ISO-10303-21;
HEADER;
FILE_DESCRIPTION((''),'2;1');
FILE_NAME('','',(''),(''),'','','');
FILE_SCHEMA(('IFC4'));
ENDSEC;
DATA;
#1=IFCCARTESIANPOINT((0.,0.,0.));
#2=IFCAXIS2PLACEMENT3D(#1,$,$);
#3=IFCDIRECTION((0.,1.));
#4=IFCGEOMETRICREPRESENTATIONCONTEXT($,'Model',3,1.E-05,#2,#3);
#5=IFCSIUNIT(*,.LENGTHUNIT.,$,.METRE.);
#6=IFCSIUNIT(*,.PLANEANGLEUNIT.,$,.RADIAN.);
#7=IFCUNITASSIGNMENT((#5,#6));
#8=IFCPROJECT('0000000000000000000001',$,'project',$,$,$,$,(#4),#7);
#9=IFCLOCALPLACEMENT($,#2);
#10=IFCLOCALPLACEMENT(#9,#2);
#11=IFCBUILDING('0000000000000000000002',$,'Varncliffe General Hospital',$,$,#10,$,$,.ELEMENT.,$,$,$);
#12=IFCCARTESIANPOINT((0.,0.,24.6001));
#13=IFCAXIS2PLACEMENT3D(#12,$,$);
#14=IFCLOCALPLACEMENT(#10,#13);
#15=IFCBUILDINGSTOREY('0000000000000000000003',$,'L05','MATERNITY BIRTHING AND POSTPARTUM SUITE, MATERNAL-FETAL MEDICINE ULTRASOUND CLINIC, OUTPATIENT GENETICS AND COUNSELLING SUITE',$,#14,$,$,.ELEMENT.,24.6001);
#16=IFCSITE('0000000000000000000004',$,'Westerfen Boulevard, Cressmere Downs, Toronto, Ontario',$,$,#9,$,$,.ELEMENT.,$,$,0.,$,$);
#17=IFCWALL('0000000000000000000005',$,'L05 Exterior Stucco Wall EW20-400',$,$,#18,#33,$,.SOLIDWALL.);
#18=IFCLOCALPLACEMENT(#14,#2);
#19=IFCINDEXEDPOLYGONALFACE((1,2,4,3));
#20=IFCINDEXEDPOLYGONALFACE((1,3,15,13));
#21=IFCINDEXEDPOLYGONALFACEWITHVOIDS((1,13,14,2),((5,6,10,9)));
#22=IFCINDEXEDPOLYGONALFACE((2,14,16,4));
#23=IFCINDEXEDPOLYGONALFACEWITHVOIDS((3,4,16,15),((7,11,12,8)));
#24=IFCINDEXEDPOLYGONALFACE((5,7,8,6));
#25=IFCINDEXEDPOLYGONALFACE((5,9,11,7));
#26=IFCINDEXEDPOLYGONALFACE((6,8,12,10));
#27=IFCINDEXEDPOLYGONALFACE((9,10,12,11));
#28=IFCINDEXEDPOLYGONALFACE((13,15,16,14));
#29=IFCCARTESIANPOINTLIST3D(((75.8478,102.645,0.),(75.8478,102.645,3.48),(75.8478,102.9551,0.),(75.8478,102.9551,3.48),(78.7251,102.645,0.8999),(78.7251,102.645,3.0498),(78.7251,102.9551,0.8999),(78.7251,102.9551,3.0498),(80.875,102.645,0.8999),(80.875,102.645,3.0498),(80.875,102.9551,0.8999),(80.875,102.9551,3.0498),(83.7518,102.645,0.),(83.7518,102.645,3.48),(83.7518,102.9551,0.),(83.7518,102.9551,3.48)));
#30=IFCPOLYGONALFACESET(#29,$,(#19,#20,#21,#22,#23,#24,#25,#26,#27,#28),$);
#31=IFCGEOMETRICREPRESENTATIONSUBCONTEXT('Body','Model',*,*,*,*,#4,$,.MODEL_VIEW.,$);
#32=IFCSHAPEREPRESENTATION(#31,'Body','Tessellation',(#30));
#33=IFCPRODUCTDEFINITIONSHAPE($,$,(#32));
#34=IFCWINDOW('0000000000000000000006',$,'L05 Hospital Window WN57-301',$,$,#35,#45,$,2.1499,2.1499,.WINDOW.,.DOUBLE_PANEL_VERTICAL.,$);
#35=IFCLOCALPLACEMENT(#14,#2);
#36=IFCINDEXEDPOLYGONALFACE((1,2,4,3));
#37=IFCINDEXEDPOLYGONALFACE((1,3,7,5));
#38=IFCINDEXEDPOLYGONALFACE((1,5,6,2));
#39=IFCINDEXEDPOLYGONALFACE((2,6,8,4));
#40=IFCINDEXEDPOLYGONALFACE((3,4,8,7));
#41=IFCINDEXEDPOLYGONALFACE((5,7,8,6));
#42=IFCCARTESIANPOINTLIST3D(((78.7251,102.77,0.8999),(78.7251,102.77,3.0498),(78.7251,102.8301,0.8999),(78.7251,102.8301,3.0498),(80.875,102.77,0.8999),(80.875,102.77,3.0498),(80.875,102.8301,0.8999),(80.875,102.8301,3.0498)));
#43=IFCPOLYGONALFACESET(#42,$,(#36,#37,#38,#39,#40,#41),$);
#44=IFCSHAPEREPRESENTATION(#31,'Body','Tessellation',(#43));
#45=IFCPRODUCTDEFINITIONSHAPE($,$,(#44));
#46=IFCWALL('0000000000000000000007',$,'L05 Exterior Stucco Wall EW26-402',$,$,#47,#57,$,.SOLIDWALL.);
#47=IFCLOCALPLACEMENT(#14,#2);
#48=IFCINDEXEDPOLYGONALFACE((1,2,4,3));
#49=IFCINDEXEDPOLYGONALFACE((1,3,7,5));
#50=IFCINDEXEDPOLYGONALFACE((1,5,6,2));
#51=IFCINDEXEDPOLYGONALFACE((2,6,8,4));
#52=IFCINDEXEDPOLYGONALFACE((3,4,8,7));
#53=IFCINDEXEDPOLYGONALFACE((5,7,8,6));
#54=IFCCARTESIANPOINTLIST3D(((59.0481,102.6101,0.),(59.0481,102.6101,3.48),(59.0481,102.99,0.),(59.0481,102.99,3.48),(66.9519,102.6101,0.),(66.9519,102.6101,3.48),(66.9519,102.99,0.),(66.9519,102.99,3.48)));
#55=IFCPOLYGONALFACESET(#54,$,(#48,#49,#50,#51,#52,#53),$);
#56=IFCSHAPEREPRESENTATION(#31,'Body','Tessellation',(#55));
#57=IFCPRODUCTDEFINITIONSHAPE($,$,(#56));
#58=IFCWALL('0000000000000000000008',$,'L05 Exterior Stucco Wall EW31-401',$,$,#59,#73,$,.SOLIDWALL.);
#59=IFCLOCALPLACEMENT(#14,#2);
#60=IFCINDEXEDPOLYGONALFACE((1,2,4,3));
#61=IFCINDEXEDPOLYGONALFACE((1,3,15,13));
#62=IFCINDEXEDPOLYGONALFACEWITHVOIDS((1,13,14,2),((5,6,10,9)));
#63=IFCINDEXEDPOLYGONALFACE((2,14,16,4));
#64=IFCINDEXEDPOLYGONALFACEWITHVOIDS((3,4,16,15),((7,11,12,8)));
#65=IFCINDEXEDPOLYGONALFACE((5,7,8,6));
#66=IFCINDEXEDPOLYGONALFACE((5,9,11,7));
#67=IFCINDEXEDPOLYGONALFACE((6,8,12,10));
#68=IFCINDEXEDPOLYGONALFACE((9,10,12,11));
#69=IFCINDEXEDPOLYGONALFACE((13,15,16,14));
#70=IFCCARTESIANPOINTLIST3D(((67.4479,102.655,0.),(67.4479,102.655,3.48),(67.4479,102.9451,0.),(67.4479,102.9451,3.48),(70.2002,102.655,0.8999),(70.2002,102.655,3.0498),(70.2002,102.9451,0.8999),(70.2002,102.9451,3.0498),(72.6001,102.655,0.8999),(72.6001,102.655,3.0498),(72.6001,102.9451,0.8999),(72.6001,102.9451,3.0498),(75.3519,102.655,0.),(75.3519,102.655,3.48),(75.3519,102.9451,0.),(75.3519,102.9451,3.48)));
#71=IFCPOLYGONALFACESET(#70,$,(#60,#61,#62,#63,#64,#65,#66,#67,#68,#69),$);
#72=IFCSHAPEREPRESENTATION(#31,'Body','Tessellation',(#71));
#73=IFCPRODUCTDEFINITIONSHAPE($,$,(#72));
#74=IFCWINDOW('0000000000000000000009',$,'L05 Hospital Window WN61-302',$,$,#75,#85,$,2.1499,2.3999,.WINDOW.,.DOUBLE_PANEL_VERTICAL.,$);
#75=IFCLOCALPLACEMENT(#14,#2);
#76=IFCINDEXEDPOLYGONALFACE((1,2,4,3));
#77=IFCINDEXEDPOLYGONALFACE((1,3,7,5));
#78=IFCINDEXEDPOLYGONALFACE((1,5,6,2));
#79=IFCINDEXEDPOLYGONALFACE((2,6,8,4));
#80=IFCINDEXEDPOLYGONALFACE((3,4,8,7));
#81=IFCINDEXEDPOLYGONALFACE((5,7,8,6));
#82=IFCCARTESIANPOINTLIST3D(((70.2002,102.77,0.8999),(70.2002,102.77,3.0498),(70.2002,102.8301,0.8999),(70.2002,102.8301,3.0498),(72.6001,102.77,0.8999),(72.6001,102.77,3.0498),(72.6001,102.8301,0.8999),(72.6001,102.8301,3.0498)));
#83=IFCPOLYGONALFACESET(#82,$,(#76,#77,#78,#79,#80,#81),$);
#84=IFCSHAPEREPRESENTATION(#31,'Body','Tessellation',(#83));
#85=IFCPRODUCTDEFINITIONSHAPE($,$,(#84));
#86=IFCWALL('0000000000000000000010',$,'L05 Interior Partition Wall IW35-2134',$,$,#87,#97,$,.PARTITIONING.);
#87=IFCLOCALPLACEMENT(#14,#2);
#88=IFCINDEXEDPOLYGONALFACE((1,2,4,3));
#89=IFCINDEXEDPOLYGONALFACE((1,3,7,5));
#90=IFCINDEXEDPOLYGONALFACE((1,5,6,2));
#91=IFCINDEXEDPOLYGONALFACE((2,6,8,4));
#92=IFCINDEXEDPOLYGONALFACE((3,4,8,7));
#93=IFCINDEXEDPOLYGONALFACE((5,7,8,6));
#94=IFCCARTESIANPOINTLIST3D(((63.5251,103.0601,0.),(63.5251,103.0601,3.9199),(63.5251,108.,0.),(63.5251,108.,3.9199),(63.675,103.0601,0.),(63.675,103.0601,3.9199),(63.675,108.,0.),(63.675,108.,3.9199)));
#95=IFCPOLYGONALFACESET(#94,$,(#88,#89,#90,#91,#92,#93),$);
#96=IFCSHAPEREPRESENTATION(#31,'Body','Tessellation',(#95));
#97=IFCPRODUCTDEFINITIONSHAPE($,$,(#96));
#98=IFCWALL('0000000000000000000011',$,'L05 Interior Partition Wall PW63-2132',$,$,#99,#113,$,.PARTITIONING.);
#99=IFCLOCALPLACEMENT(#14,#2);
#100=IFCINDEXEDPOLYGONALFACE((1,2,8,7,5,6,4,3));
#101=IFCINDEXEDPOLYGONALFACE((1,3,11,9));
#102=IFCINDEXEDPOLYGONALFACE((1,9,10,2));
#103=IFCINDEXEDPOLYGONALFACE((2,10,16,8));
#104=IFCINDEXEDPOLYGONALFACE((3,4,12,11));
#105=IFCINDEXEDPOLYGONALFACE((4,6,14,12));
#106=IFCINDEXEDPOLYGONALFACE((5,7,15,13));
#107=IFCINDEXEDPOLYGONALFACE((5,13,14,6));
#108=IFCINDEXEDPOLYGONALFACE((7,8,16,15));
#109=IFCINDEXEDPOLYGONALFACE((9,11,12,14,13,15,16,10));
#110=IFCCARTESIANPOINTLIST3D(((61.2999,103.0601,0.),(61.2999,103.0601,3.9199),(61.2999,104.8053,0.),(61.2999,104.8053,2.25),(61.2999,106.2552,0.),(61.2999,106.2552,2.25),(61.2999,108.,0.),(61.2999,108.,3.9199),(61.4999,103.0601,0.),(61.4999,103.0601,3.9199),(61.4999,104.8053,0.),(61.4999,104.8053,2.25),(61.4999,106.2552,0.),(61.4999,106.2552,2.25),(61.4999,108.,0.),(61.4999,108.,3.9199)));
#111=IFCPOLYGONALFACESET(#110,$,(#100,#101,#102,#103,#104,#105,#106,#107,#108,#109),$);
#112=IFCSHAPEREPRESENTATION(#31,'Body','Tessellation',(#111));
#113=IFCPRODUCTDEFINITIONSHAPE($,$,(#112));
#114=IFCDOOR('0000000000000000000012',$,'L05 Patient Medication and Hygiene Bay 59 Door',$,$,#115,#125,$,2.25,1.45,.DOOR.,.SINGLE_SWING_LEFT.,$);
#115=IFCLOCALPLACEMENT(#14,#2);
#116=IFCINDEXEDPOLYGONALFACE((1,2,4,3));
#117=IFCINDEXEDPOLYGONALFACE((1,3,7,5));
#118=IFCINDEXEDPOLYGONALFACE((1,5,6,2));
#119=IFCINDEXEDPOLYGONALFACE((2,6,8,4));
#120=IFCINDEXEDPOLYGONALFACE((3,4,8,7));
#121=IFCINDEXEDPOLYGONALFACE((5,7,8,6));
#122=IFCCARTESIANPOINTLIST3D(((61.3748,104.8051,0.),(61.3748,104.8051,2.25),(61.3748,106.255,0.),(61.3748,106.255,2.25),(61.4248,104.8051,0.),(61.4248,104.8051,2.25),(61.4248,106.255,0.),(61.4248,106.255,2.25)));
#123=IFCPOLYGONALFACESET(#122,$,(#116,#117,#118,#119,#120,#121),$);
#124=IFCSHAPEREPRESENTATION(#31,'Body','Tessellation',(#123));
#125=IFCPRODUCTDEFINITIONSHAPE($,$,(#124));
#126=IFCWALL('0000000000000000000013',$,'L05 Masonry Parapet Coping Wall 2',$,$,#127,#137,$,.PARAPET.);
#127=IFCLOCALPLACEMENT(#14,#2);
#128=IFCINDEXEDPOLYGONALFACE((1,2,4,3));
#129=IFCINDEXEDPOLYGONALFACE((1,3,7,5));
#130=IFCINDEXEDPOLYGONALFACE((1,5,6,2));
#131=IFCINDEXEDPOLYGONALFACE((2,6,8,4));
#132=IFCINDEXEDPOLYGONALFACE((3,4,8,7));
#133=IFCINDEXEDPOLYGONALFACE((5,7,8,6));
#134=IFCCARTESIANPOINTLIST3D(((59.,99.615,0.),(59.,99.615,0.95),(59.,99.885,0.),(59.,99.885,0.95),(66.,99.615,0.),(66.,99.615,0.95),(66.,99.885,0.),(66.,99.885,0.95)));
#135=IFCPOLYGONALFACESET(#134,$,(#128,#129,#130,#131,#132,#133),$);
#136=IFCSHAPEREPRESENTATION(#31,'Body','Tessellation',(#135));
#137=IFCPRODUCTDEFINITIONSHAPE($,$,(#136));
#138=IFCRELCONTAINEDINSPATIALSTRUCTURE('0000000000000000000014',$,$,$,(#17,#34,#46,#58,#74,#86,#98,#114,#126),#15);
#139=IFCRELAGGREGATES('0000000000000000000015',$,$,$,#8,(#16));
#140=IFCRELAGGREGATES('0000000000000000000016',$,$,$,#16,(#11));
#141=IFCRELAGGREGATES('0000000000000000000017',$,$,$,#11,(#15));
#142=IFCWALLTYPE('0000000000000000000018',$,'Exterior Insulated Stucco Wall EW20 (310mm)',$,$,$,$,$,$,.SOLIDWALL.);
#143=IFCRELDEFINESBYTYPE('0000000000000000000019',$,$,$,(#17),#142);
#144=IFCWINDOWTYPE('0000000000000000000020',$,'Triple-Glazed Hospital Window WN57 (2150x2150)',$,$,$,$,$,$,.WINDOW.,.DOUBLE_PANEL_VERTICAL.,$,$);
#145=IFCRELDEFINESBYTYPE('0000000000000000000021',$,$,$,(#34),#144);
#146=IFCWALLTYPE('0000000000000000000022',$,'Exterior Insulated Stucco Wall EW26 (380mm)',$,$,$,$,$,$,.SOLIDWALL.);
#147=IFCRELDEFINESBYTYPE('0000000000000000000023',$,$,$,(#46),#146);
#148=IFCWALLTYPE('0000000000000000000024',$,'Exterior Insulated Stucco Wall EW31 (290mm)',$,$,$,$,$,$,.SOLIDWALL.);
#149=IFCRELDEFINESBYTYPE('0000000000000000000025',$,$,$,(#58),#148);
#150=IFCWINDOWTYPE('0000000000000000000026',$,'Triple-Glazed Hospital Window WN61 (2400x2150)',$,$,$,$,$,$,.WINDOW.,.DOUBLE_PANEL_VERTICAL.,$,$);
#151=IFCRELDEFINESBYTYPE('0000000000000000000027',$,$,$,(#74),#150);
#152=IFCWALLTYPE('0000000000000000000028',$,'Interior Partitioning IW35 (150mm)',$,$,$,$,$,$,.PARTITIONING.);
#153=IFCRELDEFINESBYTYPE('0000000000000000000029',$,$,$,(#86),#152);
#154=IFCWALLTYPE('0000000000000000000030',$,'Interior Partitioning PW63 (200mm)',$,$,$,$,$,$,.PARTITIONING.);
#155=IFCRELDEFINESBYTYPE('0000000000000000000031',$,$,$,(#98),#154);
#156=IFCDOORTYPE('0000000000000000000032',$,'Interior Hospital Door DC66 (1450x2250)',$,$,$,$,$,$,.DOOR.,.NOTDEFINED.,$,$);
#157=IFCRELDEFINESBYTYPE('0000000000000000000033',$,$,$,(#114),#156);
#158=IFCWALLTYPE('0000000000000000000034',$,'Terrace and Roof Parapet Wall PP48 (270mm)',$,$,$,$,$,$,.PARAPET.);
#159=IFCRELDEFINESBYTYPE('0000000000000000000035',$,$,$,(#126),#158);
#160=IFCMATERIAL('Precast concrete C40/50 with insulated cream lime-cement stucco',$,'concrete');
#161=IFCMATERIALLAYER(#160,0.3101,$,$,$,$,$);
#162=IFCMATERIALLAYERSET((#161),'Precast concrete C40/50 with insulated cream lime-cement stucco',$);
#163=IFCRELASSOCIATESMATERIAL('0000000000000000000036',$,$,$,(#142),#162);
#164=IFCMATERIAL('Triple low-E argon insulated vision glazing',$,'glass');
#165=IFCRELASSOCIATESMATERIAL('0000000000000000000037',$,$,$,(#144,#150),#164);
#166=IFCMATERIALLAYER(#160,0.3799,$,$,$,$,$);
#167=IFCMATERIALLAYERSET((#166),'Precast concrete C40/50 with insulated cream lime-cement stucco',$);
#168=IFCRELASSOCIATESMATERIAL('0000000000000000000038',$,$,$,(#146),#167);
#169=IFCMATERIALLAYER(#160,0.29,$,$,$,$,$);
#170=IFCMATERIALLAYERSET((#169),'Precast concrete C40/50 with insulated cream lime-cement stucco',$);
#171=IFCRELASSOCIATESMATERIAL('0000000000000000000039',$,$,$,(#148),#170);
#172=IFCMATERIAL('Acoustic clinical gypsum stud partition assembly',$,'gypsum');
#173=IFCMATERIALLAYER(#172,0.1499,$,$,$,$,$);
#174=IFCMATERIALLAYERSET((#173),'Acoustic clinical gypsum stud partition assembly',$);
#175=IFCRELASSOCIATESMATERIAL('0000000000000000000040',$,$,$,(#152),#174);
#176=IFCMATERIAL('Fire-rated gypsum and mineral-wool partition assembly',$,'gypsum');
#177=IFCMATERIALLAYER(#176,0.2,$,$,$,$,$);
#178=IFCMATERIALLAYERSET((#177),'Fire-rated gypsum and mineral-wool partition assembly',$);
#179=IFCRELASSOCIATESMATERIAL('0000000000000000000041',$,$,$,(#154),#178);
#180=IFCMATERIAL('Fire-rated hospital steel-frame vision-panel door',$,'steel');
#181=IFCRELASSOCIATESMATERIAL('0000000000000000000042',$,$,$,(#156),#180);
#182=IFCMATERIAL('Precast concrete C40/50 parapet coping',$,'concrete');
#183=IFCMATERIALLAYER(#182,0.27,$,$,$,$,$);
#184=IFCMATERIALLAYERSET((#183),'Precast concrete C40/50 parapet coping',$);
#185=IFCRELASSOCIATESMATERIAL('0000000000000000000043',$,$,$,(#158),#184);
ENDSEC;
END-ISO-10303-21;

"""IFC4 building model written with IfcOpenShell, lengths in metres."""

from ifc_helpers import new_model, si_unit, direction, frame, frame_2d, origin, place, context, subcontext, project, spatial, rectangle, extrude, material, layer, layer_set, type_object, element, fill, save


model = new_model("IFC4")

# Units and contexts
model_context = context("Model", 3, precision=1e-05, world=origin(), true_north=direction((0.0, 1.0)))
body_context = subcontext(model_context, "Body", "Model", "MODEL_VIEW")
ifc_project = project(units=[si_unit("LENGTHUNIT", "METRE"), si_unit("PLANEANGLEUNIT", "RADIAN")], contexts=[model_context])

# Site, building, storey
site_placement = place(None, origin())
site = spatial("IfcSite", under=ifc_project, at=site_placement, Name="Westerfen Boulevard, Cressmere Downs, Toronto, Ontario", CompositionType="ELEMENT", RefElevation=0.0)
building_placement = place(site_placement, origin())
building = spatial("IfcBuilding", under=site, at=building_placement, Name="Varncliffe General Hospital", CompositionType="ELEMENT")
storey_placement = place(building_placement, frame((0.0, 0.0, 24.6001)))
storey = spatial("IfcBuildingStorey", under=building, at=storey_placement, Name="L05", Description="MATERNITY BIRTHING AND POSTPARTUM SUITE, MATERNAL-FETAL MEDICINE ULTRASOUND CLINIC, OUTPATIENT GENETICS AND COUNSELLING SUITE", CompositionType="ELEMENT", Elevation=24.6001)

# Wall, opening, window
ifc_material_1 = material(Name="Precast concrete C40/50 with insulated cream lime-cement stucco", Category="concrete")
ifc_layer_1 = layer(ifc_material_1, 0.3101)
ifc_layer_set_1 = layer_set([ifc_layer_1], Name="Precast concrete C40/50 with insulated cream lime-cement stucco")
wall_type_1 = type_object("IfcWallType", Name="Exterior Insulated Stucco Wall EW20 (310mm)", PredefinedType="SOLIDWALL", material=ifc_layer_set_1)
wall_1_placement = place(storey_placement, frame((83.752, 102.8, 0.0), z_axis=(0.0, 0.0, 1.0), x_axis=(-1.0, 0.0, 0.0)))
wall_1 = element("IfcWall", 1, at=wall_1_placement, inside=storey, type_object=wall_type_1, Name="L05 Exterior Stucco Wall EW20-400", PredefinedType="SOLIDWALL", context=body_context, shape_type="SweptSolid", body=[
    extrude(rectangle(XDim=7.9041, YDim=0.3101, at=frame_2d((3.9521, 0.0))), origin(), (0.0, 0.0, 1.0), 3.48),
])
opening_1_placement = place(wall_1_placement, frame((2.877, 0.0, 0.8999)))
opening_1 = element("IfcOpeningElement", 2, at=opening_1_placement, cuts=wall_1, PredefinedType="OPENING", context=body_context, shape_type="SweptSolid", body=[
    extrude(rectangle(XDim=2.1499, YDim=2.1499, at=frame_2d((1.075, 1.075))), frame((0.0, 0.165, 0.0), z_axis=(0.0, -1.0, 0.0), x_axis=(1.0, 0.0, 0.0)), (0.0, 0.0, 1.0), 0.3301),
])
ifc_material_2 = material(Name="Triple low-E argon insulated vision glazing", Category="glass")
window_type_1 = type_object("IfcWindowType", Name="Triple-Glazed Hospital Window WN57 (2150x2150)", PartitioningType="DOUBLE_PANEL_VERTICAL", PredefinedType="WINDOW", material=ifc_material_2)
window_1_placement = place(opening_1_placement, origin())
window_1 = element("IfcWindow", 3, at=window_1_placement, inside=storey, type_object=window_type_1, Name="L05 Hospital Window WN57-301", OverallHeight=2.1499, OverallWidth=2.1499, PartitioningType="DOUBLE_PANEL_VERTICAL", PredefinedType="WINDOW", context=body_context, shape_type="SweptSolid", body=[
    extrude(rectangle(XDim=2.1499, YDim=2.1499, at=frame_2d((1.075, 1.075))), frame((0.0, 0.03, 0.0), z_axis=(0.0, -1.0, 0.0), x_axis=(1.0, 0.0, 0.0)), (0.0, 0.0, 1.0), 0.0601),
])
fill(opening_1, window_1)

# Wall
ifc_layer_2 = layer(ifc_material_1, 0.3799)
ifc_layer_set_2 = layer_set([ifc_layer_2], Name="Precast concrete C40/50 with insulated cream lime-cement stucco")
wall_type_2 = type_object("IfcWallType", Name="Exterior Insulated Stucco Wall EW26 (380mm)", PredefinedType="SOLIDWALL", material=ifc_layer_set_2)
wall_2_placement = place(storey_placement, frame((66.9519, 102.8, 0.0), z_axis=(0.0, 0.0, 1.0), x_axis=(-1.0, 0.0, 0.0)))
element("IfcWall", 4, at=wall_2_placement, inside=storey, type_object=wall_type_2, Name="L05 Exterior Stucco Wall EW26-402", PredefinedType="SOLIDWALL", context=body_context, shape_type="SweptSolid", body=[
    extrude(rectangle(XDim=7.9038, YDim=0.3799, at=frame_2d((3.9519, 0.0))), origin(), (0.0, 0.0, 1.0), 3.48),
])

# Wall, opening, window
ifc_layer_3 = layer(ifc_material_1, 0.29)
ifc_layer_set_3 = layer_set([ifc_layer_3], Name="Precast concrete C40/50 with insulated cream lime-cement stucco")
wall_type_3 = type_object("IfcWallType", Name="Exterior Insulated Stucco Wall EW31 (290mm)", PredefinedType="SOLIDWALL", material=ifc_layer_set_3)
wall_3_placement = place(storey_placement, frame((75.3521, 102.8, 0.0), z_axis=(0.0, 0.0, 1.0), x_axis=(-1.0, 0.0, 0.0)))
wall_3 = element("IfcWall", 5, at=wall_3_placement, inside=storey, type_object=wall_type_3, Name="L05 Exterior Stucco Wall EW31-401", PredefinedType="SOLIDWALL", context=body_context, shape_type="SweptSolid", body=[
    extrude(rectangle(XDim=7.9041, YDim=0.29, at=frame_2d((3.9521, 0.0))), origin(), (0.0, 0.0, 1.0), 3.48),
])
opening_2_placement = place(wall_3_placement, frame((2.752, 0.0, 0.8999)))
opening_2 = element("IfcOpeningElement", 6, at=opening_2_placement, cuts=wall_3, PredefinedType="OPENING", context=body_context, shape_type="SweptSolid", body=[
    extrude(rectangle(XDim=2.3999, YDim=2.1499, at=frame_2d((1.2, 1.075))), frame((0.0, 0.155, 0.0), z_axis=(0.0, -1.0, 0.0), x_axis=(1.0, 0.0, 0.0)), (0.0, 0.0, 1.0), 0.3101),
])
window_type_2 = type_object("IfcWindowType", Name="Triple-Glazed Hospital Window WN61 (2400x2150)", PartitioningType="DOUBLE_PANEL_VERTICAL", PredefinedType="WINDOW", material=ifc_material_2)
window_2_placement = place(opening_2_placement, origin())
window_2 = element("IfcWindow", 7, at=window_2_placement, inside=storey, type_object=window_type_2, Name="L05 Hospital Window WN61-302", OverallHeight=2.1499, OverallWidth=2.3999, PartitioningType="DOUBLE_PANEL_VERTICAL", PredefinedType="WINDOW", context=body_context, shape_type="SweptSolid", body=[
    extrude(rectangle(XDim=2.3999, YDim=2.1499, at=frame_2d((1.2, 1.075))), frame((0.0, 0.03, 0.0), z_axis=(0.0, -1.0, 0.0), x_axis=(1.0, 0.0, 0.0)), (0.0, 0.0, 1.0), 0.0601),
])
fill(opening_2, window_2)

# Wall
ifc_material_3 = material(Name="Acoustic clinical gypsum stud partition assembly", Category="gypsum")
ifc_layer_4 = layer(ifc_material_3, 0.1499)
ifc_layer_set_4 = layer_set([ifc_layer_4], Name="Acoustic clinical gypsum stud partition assembly")
wall_type_4 = type_object("IfcWallType", Name="Interior Partitioning IW35 (150mm)", PredefinedType="PARTITIONING", material=ifc_layer_set_4)
wall_4_placement = place(storey_placement, frame((63.6001, 103.0601, 0.0), z_axis=(0.0, 0.0, 1.0), x_axis=(0.0, 1.0, 0.0)))
element("IfcWall", 8, at=wall_4_placement, inside=storey, type_object=wall_type_4, Name="L05 Interior Partition Wall IW35-2134", PredefinedType="PARTITIONING", context=body_context, shape_type="SweptSolid", body=[
    extrude(rectangle(XDim=4.9399, YDim=0.1499, at=frame_2d((2.47, 0.0))), origin(), (0.0, 0.0, 1.0), 3.9199),
])

# Wall, opening, door
ifc_material_4 = material(Name="Fire-rated gypsum and mineral-wool partition assembly", Category="gypsum")
ifc_layer_5 = layer(ifc_material_4, 0.2)
ifc_layer_set_5 = layer_set([ifc_layer_5], Name="Fire-rated gypsum and mineral-wool partition assembly")
wall_type_5 = type_object("IfcWallType", Name="Interior Partitioning PW63 (200mm)", PredefinedType="PARTITIONING", material=ifc_layer_set_5)
wall_5_placement = place(storey_placement, frame((61.3999, 103.0601, 0.0), z_axis=(0.0, 0.0, 1.0), x_axis=(0.0, 1.0, 0.0)))
wall_5 = element("IfcWall", 9, at=wall_5_placement, inside=storey, type_object=wall_type_5, Name="L05 Interior Partition Wall PW63-2132", PredefinedType="PARTITIONING", context=body_context, shape_type="SweptSolid", body=[
    extrude(rectangle(XDim=4.9399, YDim=0.2, at=frame_2d((2.47, 0.0))), origin(), (0.0, 0.0, 1.0), 3.9199),
])
opening_3_placement = place(wall_5_placement, frame((1.7451, 0.0, 0.0)))
opening_3 = element("IfcOpeningElement", 10, at=opening_3_placement, cuts=wall_5, PredefinedType="OPENING", context=body_context, shape_type="SweptSolid", body=[
    extrude(rectangle(XDim=1.45, YDim=2.25, at=frame_2d((0.7251, 1.125))), frame((0.0, 0.1099, 0.0), z_axis=(0.0, -1.0, 0.0), x_axis=(1.0, 0.0, 0.0)), (0.0, 0.0, 1.0), 0.22),
])
ifc_material_5 = material(Name="Fire-rated hospital steel-frame vision-panel door", Category="steel")
door_type = type_object("IfcDoorType", Name="Interior Hospital Door DC66 (1450x2250)", OperationType="NOTDEFINED", PredefinedType="DOOR", material=ifc_material_5)
door_placement = place(opening_3_placement, frame((1.45, 0.0, 0.0), z_axis=(0.0, 0.0, 1.0), x_axis=(-1.0, 0.0, 0.0)))
door = element("IfcDoor", 11, at=door_placement, inside=storey, type_object=door_type, Name="L05 Patient Medication and Hygiene Bay 59 Door", OperationType="SINGLE_SWING_LEFT", OverallHeight=2.25, OverallWidth=1.45, PredefinedType="DOOR", context=body_context, shape_type="SweptSolid", body=[
    extrude(rectangle(XDim=1.45, YDim=2.25, at=frame_2d((0.7251, 1.125))), frame((0.0, 0.0249, 0.0), z_axis=(0.0, -1.0, 0.0), x_axis=(1.0, 0.0, 0.0)), (0.0, 0.0, 1.0), 0.05),
])
fill(opening_3, door)

# Wall
ifc_material_6 = material(Name="Precast concrete C40/50 parapet coping", Category="concrete")
ifc_layer_6 = layer(ifc_material_6, 0.27)
ifc_layer_set_6 = layer_set([ifc_layer_6], Name="Precast concrete C40/50 parapet coping")
wall_type_6 = type_object("IfcWallType", Name="Terrace and Roof Parapet Wall PP48 (270mm)", PredefinedType="PARAPET", material=ifc_layer_set_6)
wall_6_placement = place(storey_placement, frame((59.0, 99.75, 0.0), z_axis=(0.0, 0.0, 1.0), x_axis=(1.0, 0.0, 0.0)))
element("IfcWall", 12, at=wall_6_placement, inside=storey, type_object=wall_type_6, Name="L05 Masonry Parapet Coping Wall 2", PredefinedType="PARAPET", context=body_context, shape_type="SweptSolid", body=[
    extrude(rectangle(XDim=7.0, YDim=0.27, at=frame_2d((3.5, 0.0))), origin(), (0.0, 0.0, 1.0), 0.95),
])

save(model, "model.ifc")
